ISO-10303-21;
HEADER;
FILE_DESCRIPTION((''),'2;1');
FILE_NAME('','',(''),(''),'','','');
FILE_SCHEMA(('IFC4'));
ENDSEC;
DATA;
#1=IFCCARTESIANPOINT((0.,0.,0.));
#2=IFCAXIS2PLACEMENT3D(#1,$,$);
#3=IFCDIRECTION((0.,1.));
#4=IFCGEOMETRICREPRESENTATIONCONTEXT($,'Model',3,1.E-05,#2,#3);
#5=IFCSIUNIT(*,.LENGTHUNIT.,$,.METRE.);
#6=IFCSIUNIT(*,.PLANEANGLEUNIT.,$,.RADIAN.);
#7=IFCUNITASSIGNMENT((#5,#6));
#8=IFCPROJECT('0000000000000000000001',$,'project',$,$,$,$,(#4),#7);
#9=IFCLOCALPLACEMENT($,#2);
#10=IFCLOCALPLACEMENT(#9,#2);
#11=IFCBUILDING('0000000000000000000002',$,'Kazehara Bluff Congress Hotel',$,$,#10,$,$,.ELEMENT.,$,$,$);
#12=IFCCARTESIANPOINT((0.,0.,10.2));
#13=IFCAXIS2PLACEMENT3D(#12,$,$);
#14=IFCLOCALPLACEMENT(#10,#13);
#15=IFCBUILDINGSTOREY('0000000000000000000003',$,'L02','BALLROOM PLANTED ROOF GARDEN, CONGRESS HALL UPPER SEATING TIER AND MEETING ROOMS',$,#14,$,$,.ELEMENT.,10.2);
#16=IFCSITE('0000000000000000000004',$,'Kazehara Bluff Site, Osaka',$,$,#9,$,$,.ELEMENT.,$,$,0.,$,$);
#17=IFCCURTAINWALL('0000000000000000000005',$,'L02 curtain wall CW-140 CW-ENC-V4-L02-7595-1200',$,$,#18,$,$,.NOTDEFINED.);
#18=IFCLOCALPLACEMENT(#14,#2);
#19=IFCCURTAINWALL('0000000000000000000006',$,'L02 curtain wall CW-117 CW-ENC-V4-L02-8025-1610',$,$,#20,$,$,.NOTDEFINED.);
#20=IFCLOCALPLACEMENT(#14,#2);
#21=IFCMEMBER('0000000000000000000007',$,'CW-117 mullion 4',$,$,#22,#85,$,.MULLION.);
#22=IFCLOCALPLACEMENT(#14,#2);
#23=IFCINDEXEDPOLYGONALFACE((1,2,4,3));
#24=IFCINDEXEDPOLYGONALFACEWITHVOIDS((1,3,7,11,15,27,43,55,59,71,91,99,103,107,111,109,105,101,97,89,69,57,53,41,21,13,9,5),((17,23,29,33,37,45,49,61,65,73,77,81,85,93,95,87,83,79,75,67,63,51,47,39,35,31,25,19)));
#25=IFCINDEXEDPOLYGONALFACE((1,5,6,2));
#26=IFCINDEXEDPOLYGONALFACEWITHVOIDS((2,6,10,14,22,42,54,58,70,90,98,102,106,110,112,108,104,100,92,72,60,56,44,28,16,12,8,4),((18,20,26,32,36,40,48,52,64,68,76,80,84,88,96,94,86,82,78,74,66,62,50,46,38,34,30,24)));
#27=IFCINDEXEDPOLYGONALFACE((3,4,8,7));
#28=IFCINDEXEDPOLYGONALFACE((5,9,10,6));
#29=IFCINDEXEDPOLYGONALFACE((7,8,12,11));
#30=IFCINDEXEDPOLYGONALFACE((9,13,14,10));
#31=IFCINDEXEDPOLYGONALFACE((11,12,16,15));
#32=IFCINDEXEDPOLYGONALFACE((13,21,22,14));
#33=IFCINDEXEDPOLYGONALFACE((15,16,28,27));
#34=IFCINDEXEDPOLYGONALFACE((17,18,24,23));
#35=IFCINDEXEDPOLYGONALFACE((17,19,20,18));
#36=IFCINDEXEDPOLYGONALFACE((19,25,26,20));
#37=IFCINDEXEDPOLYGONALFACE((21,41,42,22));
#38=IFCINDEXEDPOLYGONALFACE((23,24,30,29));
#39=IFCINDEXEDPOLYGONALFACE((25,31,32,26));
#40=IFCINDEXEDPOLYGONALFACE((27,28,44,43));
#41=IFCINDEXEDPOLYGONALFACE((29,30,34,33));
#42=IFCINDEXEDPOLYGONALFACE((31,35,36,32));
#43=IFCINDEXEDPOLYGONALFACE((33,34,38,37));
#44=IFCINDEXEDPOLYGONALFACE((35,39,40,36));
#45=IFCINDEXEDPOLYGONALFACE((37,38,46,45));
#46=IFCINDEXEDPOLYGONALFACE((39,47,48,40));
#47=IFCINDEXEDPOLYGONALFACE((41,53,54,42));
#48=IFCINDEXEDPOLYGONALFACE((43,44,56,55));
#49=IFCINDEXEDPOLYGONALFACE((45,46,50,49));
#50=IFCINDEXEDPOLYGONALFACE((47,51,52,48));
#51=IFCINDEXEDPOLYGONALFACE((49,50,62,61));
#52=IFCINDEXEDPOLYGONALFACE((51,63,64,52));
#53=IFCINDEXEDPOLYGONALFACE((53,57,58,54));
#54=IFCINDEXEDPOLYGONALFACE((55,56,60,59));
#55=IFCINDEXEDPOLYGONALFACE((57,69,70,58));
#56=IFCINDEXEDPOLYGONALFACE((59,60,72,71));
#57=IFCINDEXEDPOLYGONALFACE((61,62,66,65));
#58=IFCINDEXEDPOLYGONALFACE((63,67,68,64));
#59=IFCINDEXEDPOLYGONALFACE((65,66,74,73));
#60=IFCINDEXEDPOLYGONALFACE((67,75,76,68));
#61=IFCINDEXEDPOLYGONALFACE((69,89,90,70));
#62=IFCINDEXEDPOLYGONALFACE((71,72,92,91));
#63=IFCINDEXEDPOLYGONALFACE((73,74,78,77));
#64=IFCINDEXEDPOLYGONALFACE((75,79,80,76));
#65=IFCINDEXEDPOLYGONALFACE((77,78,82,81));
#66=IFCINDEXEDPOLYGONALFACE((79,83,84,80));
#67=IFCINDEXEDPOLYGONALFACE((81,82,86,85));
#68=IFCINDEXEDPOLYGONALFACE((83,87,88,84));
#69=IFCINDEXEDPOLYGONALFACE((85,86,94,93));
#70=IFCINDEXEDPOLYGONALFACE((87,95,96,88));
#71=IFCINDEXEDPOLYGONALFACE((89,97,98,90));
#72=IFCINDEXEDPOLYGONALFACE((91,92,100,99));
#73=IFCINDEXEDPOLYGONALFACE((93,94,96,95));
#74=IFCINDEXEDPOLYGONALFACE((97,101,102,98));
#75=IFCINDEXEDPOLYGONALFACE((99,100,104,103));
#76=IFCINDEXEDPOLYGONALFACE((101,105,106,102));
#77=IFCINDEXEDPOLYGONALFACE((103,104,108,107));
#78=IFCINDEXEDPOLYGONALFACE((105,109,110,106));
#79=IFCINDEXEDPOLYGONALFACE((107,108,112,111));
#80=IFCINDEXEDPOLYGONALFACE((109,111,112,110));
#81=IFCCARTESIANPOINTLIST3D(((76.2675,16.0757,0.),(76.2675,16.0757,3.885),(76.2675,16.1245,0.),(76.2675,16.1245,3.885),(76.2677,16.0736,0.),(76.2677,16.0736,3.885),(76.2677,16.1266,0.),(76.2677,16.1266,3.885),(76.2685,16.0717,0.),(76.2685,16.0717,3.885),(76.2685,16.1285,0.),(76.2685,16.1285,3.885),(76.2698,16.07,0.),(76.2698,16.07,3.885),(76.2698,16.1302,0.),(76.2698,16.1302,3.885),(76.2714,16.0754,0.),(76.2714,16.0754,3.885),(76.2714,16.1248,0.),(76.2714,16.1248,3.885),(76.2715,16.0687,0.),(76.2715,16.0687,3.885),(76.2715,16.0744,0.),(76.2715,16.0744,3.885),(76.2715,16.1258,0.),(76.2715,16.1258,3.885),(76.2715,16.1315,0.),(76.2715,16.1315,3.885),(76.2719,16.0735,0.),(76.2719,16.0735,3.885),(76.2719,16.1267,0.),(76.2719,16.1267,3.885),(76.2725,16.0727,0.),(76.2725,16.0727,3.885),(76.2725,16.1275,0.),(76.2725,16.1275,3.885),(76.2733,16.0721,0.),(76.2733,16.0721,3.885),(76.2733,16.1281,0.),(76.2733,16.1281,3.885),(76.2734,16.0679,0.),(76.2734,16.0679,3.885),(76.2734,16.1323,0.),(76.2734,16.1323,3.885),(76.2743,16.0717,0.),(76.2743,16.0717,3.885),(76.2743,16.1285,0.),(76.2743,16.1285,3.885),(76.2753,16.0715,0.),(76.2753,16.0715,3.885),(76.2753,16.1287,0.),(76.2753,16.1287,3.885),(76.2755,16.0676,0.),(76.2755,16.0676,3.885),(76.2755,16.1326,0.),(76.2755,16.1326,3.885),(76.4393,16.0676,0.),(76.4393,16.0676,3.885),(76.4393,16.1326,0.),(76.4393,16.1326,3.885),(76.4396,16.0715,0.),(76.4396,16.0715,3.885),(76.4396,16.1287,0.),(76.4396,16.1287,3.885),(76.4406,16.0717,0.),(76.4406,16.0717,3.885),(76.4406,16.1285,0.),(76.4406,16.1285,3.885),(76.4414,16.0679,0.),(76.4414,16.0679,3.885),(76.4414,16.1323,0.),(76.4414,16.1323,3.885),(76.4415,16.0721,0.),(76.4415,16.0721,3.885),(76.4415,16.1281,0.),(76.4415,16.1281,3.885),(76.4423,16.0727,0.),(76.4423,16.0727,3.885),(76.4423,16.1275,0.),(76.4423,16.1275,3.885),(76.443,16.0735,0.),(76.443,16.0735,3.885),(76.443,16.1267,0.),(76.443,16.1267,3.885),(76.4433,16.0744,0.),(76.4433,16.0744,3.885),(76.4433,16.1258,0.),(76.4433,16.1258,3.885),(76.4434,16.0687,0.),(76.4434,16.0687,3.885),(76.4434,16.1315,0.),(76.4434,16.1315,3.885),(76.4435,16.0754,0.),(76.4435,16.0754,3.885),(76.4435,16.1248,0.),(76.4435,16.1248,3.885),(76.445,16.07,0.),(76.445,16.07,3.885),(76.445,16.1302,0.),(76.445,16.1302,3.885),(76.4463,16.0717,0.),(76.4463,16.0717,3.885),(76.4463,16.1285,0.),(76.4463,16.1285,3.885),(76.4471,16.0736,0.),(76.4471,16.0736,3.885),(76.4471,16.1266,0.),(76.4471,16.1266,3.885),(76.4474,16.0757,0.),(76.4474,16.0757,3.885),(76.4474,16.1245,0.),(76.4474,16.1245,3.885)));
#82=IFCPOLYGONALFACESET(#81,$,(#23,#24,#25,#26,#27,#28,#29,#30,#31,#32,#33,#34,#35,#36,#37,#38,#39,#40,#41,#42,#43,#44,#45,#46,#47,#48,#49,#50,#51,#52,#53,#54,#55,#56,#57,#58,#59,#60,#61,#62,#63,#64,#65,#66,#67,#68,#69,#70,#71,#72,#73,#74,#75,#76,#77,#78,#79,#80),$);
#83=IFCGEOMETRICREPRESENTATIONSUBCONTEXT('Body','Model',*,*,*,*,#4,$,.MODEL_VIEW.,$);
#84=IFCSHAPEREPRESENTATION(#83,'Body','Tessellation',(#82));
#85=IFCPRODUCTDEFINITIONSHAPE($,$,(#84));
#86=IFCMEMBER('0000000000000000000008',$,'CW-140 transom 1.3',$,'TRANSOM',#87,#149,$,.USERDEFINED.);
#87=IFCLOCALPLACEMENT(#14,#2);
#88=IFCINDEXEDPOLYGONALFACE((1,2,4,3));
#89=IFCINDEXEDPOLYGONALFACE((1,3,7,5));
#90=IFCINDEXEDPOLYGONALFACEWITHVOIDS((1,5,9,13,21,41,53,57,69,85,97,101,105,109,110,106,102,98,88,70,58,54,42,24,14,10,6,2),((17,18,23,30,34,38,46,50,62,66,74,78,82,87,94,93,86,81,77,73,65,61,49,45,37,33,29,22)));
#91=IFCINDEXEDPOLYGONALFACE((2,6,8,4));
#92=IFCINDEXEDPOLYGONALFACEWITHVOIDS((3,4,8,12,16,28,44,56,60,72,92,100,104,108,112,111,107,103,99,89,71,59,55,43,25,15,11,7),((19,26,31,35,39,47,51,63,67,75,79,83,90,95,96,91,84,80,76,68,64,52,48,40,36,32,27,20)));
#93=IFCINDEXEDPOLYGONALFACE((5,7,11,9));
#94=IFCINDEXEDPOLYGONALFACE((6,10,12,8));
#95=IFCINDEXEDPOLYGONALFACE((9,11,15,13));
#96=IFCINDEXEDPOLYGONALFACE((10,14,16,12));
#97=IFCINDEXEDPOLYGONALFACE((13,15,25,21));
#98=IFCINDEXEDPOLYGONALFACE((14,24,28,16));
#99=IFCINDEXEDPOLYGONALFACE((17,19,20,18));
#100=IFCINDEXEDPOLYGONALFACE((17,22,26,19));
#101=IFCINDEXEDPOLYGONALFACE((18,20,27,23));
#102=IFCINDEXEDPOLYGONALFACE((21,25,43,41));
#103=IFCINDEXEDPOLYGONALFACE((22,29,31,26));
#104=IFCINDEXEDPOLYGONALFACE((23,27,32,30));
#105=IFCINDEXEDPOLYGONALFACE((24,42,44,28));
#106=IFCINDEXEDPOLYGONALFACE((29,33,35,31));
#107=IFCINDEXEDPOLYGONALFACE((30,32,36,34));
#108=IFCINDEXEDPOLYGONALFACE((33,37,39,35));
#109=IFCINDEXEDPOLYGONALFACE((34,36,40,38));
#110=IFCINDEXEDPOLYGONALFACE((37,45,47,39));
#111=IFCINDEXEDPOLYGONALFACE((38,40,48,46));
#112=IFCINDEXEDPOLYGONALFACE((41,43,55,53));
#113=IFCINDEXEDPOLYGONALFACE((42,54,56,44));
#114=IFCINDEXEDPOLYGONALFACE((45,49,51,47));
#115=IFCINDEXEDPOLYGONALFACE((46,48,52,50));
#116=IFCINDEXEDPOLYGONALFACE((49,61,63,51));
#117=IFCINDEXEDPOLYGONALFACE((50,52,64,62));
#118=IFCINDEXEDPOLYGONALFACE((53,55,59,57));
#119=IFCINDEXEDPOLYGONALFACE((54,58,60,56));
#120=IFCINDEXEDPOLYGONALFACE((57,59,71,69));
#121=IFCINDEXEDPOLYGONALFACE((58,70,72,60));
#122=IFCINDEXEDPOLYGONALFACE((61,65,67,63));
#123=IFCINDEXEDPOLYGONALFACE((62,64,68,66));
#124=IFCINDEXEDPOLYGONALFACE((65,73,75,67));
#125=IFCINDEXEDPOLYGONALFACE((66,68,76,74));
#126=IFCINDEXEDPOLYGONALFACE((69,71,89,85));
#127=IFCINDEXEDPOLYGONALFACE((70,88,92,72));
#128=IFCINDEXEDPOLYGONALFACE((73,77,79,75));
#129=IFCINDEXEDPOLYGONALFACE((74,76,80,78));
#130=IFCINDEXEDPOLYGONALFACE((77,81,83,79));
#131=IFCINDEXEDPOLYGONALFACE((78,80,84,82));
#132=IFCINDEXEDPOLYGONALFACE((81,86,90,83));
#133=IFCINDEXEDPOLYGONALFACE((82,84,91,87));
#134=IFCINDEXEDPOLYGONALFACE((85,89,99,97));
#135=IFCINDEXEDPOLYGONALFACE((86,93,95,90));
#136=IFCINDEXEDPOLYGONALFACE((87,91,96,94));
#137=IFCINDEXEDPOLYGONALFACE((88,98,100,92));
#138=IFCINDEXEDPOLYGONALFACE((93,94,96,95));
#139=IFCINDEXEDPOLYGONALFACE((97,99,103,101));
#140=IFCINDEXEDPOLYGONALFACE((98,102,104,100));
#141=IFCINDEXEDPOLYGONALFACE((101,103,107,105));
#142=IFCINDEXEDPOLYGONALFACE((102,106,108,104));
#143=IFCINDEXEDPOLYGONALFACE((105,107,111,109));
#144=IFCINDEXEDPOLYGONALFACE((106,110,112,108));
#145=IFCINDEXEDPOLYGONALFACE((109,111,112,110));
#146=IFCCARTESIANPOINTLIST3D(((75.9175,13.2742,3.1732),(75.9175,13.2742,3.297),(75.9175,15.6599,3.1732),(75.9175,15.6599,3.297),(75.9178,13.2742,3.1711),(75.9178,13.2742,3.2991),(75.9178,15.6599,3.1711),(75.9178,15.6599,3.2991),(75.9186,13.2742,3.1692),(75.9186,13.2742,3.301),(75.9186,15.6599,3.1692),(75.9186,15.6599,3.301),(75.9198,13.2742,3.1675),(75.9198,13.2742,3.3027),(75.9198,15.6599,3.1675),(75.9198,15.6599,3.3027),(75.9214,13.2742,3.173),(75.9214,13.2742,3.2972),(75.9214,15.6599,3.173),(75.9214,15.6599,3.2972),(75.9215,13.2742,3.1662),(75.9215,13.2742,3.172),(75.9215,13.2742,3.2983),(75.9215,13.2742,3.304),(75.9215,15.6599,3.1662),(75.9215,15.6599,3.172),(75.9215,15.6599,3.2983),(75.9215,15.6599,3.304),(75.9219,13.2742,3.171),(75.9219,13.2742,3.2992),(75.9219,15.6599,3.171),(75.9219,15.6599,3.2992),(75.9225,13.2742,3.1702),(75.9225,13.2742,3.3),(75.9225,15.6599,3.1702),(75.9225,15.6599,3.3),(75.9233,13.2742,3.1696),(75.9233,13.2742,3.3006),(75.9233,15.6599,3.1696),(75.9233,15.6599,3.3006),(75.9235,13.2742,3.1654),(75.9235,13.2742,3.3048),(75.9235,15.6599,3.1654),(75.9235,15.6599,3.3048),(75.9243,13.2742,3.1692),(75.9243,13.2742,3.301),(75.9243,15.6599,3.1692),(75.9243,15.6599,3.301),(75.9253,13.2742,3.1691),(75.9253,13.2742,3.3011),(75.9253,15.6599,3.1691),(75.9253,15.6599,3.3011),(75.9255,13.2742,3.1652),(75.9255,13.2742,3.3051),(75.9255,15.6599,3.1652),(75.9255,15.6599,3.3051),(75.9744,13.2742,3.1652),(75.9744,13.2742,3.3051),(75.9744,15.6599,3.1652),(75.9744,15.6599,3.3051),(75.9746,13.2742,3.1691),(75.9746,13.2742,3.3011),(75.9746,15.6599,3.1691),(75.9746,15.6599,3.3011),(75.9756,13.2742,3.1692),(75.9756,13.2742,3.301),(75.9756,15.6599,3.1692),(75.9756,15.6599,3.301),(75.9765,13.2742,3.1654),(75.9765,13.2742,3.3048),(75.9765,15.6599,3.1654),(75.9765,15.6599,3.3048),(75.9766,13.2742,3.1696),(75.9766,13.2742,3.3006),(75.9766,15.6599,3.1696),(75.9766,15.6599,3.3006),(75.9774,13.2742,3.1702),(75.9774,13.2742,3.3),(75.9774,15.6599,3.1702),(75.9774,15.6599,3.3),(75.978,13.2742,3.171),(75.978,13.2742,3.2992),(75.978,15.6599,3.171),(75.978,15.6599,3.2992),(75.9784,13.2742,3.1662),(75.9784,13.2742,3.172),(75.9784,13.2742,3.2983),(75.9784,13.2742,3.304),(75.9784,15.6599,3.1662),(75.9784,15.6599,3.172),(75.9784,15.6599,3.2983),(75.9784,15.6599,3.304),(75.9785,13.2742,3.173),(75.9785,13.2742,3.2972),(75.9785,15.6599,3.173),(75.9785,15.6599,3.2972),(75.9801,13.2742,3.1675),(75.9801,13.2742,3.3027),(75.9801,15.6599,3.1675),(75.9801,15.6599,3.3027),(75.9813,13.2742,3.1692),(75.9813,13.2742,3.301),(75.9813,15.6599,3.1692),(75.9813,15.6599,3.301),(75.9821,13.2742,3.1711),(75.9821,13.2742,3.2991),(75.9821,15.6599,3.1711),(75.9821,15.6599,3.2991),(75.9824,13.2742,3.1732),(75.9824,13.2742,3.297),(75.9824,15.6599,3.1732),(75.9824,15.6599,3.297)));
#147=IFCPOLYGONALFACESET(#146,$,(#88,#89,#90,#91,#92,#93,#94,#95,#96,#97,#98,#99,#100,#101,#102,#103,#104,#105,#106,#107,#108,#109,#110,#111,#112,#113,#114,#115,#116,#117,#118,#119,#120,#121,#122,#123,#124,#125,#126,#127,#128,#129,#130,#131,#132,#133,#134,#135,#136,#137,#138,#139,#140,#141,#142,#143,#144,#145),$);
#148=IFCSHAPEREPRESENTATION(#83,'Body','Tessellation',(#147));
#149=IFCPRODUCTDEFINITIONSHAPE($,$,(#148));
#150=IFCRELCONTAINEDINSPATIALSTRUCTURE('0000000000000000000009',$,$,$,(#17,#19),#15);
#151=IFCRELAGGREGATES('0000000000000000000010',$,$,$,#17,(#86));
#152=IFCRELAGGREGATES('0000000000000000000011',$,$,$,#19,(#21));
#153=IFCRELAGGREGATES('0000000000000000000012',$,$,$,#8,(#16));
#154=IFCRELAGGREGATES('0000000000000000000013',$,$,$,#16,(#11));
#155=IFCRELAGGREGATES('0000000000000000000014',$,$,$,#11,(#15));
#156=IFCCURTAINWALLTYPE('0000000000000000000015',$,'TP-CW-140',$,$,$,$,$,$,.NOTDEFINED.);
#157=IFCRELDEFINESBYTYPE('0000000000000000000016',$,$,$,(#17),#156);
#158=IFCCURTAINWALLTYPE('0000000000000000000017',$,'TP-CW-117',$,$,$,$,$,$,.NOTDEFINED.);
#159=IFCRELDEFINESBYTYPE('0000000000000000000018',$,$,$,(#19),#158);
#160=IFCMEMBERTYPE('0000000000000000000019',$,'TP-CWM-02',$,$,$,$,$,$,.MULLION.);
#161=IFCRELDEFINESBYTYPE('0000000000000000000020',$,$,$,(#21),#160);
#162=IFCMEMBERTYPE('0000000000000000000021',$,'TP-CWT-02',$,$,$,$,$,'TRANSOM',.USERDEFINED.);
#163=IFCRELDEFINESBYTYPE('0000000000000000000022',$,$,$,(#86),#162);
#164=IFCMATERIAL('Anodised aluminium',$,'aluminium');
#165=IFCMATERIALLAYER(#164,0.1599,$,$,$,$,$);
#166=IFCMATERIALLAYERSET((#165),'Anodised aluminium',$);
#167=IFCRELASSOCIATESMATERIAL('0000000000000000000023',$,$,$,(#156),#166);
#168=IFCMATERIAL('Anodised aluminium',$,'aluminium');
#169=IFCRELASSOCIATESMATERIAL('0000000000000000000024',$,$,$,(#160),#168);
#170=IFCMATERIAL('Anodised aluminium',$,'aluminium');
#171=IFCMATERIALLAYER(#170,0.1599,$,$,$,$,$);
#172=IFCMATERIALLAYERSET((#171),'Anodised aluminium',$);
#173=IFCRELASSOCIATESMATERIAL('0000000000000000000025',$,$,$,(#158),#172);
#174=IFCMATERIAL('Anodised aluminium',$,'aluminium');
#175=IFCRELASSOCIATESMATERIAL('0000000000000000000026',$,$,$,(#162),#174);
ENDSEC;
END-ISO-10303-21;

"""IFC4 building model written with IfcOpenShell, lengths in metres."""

from ifc_helpers import new_model, si_unit, direction, frame, origin, origin_2d, place, context, subcontext, project, spatial, hollow_rectangle, extrude, material, layer, layer_set, material_profile, profile_set, type_object, element, aggregate, save


model = new_model("IFC4")

# Units and contexts
model_context = context("Model", 3, precision=1e-05, world=origin(), true_north=direction((0.0, 1.0)))
body_context = subcontext(model_context, "Body", "Model", "MODEL_VIEW")
ifc_project = project(units=[si_unit("LENGTHUNIT", "METRE"), si_unit("PLANEANGLEUNIT", "RADIAN")], contexts=[model_context])

# Site, building, storey
site_placement = place(None, origin())
site = spatial("IfcSite", under=ifc_project, at=site_placement, Name="Kazehara Bluff Site, Osaka", CompositionType="ELEMENT", RefElevation=0.0)
building_placement = place(site_placement, origin())
building = spatial("IfcBuilding", under=site, at=building_placement, Name="Kazehara Bluff Congress Hotel", CompositionType="ELEMENT")
storey_placement = place(building_placement, frame((0.0, 0.0, 10.2)))
storey = spatial("IfcBuildingStorey", under=building, at=storey_placement, Name="L02", Description="BALLROOM PLANTED ROOF GARDEN, CONGRESS HALL UPPER SEATING TIER AND MEETING ROOMS", CompositionType="ELEMENT", Elevation=10.2)

# Curtain wall
ifc_material_1 = material(Name="Anodised aluminium", Category="aluminium")
ifc_layer_1 = layer(ifc_material_1, 0.1599)
ifc_layer_set_1 = layer_set([ifc_layer_1], Name="Anodised aluminium")
curtain_wall_type_1 = type_object("IfcCurtainWallType", Name="TP-CW-140", PredefinedType="NOTDEFINED", material=ifc_layer_set_1)
curtain_wall_1_placement = place(storey_placement, origin())
curtain_wall_1 = element("IfcCurtainWall", 1, at=curtain_wall_1_placement, inside=storey, type_object=curtain_wall_type_1, Name="L02 curtain wall CW-140 CW-ENC-V4-L02-7595-1200", PredefinedType="NOTDEFINED")
ifc_material_2 = material(Name="Anodised aluminium", Category="aluminium")
ifc_material_profile_1 = material_profile(ifc_material_2, hollow_rectangle(XDim=0.0649, YDim=0.1799, WallThickness=0.0039, InnerFilletRadius=0.0039, OuterFilletRadius=0.0081, at=origin_2d()))
ifc_profile_set_1 = profile_set([ifc_material_profile_1], Name="Anodised aluminium")
member_type_1 = type_object("IfcMemberType", Name="TP-CWM-02", PredefinedType="MULLION", material=ifc_profile_set_1)

# Curtain wall, member
ifc_material_3 = material(Name="Anodised aluminium", Category="aluminium")
ifc_layer_2 = layer(ifc_material_3, 0.1599)
ifc_layer_set_2 = layer_set([ifc_layer_2], Name="Anodised aluminium")
curtain_wall_type_2 = type_object("IfcCurtainWallType", Name="TP-CW-117", PredefinedType="NOTDEFINED", material=ifc_layer_set_2)
curtain_wall_2_placement = place(storey_placement, origin())
curtain_wall_2 = element("IfcCurtainWall", 2, at=curtain_wall_2_placement, inside=storey, type_object=curtain_wall_type_2, Name="L02 curtain wall CW-117 CW-ENC-V4-L02-8025-1610", PredefinedType="NOTDEFINED")
member_1_placement = place(storey_placement, frame((76.3574, 16.1001, 0.0), z_axis=(0.0, 0.0, 1.0), x_axis=(0.0, -1.0, 0.0)))
member_1 = element("IfcMember", 3, at=member_1_placement, type_object=member_type_1, Name="CW-117 mullion 4", PredefinedType="MULLION", context=body_context, shape_type="SweptSolid", body=[
    extrude(hollow_rectangle(XDim=0.0649, YDim=0.1799, WallThickness=0.0039, InnerFilletRadius=0.0039, OuterFilletRadius=0.0081, at=origin_2d()), origin(), (0.0, 0.0, 1.0), 3.885),
])

# Member
ifc_material_4 = material(Name="Anodised aluminium", Category="aluminium")
ifc_material_profile_2 = material_profile(ifc_material_4, hollow_rectangle(XDim=0.0649, YDim=0.1399, WallThickness=0.0039, InnerFilletRadius=0.0039, OuterFilletRadius=0.0081, at=origin_2d()))
ifc_profile_set_2 = profile_set([ifc_material_profile_2], Name="Anodised aluminium")
member_type_2 = type_object("IfcMemberType", Name="TP-CWT-02", ElementType="TRANSOM", PredefinedType="USERDEFINED", material=ifc_profile_set_2)
member_2_placement = place(storey_placement, frame((75.95, 15.6599, 3.2351), z_axis=(0.0, -1.0, 0.0), x_axis=(1.0, 0.0, 0.0)))
member_2 = element("IfcMember", 4, at=member_2_placement, type_object=member_type_2, Name="CW-140 transom 1.3", ObjectType="TRANSOM", PredefinedType="USERDEFINED", context=body_context, shape_type="SweptSolid", body=[
    extrude(hollow_rectangle(XDim=0.0649, YDim=0.1399, WallThickness=0.0039, InnerFilletRadius=0.0039, OuterFilletRadius=0.0081, at=origin_2d()), origin(), (0.0, 0.0, 1.0), 2.3857),
])
aggregate(curtain_wall_1, [member_2])

aggregate(curtain_wall_2, [member_1])

save(model, "model.ifc")
